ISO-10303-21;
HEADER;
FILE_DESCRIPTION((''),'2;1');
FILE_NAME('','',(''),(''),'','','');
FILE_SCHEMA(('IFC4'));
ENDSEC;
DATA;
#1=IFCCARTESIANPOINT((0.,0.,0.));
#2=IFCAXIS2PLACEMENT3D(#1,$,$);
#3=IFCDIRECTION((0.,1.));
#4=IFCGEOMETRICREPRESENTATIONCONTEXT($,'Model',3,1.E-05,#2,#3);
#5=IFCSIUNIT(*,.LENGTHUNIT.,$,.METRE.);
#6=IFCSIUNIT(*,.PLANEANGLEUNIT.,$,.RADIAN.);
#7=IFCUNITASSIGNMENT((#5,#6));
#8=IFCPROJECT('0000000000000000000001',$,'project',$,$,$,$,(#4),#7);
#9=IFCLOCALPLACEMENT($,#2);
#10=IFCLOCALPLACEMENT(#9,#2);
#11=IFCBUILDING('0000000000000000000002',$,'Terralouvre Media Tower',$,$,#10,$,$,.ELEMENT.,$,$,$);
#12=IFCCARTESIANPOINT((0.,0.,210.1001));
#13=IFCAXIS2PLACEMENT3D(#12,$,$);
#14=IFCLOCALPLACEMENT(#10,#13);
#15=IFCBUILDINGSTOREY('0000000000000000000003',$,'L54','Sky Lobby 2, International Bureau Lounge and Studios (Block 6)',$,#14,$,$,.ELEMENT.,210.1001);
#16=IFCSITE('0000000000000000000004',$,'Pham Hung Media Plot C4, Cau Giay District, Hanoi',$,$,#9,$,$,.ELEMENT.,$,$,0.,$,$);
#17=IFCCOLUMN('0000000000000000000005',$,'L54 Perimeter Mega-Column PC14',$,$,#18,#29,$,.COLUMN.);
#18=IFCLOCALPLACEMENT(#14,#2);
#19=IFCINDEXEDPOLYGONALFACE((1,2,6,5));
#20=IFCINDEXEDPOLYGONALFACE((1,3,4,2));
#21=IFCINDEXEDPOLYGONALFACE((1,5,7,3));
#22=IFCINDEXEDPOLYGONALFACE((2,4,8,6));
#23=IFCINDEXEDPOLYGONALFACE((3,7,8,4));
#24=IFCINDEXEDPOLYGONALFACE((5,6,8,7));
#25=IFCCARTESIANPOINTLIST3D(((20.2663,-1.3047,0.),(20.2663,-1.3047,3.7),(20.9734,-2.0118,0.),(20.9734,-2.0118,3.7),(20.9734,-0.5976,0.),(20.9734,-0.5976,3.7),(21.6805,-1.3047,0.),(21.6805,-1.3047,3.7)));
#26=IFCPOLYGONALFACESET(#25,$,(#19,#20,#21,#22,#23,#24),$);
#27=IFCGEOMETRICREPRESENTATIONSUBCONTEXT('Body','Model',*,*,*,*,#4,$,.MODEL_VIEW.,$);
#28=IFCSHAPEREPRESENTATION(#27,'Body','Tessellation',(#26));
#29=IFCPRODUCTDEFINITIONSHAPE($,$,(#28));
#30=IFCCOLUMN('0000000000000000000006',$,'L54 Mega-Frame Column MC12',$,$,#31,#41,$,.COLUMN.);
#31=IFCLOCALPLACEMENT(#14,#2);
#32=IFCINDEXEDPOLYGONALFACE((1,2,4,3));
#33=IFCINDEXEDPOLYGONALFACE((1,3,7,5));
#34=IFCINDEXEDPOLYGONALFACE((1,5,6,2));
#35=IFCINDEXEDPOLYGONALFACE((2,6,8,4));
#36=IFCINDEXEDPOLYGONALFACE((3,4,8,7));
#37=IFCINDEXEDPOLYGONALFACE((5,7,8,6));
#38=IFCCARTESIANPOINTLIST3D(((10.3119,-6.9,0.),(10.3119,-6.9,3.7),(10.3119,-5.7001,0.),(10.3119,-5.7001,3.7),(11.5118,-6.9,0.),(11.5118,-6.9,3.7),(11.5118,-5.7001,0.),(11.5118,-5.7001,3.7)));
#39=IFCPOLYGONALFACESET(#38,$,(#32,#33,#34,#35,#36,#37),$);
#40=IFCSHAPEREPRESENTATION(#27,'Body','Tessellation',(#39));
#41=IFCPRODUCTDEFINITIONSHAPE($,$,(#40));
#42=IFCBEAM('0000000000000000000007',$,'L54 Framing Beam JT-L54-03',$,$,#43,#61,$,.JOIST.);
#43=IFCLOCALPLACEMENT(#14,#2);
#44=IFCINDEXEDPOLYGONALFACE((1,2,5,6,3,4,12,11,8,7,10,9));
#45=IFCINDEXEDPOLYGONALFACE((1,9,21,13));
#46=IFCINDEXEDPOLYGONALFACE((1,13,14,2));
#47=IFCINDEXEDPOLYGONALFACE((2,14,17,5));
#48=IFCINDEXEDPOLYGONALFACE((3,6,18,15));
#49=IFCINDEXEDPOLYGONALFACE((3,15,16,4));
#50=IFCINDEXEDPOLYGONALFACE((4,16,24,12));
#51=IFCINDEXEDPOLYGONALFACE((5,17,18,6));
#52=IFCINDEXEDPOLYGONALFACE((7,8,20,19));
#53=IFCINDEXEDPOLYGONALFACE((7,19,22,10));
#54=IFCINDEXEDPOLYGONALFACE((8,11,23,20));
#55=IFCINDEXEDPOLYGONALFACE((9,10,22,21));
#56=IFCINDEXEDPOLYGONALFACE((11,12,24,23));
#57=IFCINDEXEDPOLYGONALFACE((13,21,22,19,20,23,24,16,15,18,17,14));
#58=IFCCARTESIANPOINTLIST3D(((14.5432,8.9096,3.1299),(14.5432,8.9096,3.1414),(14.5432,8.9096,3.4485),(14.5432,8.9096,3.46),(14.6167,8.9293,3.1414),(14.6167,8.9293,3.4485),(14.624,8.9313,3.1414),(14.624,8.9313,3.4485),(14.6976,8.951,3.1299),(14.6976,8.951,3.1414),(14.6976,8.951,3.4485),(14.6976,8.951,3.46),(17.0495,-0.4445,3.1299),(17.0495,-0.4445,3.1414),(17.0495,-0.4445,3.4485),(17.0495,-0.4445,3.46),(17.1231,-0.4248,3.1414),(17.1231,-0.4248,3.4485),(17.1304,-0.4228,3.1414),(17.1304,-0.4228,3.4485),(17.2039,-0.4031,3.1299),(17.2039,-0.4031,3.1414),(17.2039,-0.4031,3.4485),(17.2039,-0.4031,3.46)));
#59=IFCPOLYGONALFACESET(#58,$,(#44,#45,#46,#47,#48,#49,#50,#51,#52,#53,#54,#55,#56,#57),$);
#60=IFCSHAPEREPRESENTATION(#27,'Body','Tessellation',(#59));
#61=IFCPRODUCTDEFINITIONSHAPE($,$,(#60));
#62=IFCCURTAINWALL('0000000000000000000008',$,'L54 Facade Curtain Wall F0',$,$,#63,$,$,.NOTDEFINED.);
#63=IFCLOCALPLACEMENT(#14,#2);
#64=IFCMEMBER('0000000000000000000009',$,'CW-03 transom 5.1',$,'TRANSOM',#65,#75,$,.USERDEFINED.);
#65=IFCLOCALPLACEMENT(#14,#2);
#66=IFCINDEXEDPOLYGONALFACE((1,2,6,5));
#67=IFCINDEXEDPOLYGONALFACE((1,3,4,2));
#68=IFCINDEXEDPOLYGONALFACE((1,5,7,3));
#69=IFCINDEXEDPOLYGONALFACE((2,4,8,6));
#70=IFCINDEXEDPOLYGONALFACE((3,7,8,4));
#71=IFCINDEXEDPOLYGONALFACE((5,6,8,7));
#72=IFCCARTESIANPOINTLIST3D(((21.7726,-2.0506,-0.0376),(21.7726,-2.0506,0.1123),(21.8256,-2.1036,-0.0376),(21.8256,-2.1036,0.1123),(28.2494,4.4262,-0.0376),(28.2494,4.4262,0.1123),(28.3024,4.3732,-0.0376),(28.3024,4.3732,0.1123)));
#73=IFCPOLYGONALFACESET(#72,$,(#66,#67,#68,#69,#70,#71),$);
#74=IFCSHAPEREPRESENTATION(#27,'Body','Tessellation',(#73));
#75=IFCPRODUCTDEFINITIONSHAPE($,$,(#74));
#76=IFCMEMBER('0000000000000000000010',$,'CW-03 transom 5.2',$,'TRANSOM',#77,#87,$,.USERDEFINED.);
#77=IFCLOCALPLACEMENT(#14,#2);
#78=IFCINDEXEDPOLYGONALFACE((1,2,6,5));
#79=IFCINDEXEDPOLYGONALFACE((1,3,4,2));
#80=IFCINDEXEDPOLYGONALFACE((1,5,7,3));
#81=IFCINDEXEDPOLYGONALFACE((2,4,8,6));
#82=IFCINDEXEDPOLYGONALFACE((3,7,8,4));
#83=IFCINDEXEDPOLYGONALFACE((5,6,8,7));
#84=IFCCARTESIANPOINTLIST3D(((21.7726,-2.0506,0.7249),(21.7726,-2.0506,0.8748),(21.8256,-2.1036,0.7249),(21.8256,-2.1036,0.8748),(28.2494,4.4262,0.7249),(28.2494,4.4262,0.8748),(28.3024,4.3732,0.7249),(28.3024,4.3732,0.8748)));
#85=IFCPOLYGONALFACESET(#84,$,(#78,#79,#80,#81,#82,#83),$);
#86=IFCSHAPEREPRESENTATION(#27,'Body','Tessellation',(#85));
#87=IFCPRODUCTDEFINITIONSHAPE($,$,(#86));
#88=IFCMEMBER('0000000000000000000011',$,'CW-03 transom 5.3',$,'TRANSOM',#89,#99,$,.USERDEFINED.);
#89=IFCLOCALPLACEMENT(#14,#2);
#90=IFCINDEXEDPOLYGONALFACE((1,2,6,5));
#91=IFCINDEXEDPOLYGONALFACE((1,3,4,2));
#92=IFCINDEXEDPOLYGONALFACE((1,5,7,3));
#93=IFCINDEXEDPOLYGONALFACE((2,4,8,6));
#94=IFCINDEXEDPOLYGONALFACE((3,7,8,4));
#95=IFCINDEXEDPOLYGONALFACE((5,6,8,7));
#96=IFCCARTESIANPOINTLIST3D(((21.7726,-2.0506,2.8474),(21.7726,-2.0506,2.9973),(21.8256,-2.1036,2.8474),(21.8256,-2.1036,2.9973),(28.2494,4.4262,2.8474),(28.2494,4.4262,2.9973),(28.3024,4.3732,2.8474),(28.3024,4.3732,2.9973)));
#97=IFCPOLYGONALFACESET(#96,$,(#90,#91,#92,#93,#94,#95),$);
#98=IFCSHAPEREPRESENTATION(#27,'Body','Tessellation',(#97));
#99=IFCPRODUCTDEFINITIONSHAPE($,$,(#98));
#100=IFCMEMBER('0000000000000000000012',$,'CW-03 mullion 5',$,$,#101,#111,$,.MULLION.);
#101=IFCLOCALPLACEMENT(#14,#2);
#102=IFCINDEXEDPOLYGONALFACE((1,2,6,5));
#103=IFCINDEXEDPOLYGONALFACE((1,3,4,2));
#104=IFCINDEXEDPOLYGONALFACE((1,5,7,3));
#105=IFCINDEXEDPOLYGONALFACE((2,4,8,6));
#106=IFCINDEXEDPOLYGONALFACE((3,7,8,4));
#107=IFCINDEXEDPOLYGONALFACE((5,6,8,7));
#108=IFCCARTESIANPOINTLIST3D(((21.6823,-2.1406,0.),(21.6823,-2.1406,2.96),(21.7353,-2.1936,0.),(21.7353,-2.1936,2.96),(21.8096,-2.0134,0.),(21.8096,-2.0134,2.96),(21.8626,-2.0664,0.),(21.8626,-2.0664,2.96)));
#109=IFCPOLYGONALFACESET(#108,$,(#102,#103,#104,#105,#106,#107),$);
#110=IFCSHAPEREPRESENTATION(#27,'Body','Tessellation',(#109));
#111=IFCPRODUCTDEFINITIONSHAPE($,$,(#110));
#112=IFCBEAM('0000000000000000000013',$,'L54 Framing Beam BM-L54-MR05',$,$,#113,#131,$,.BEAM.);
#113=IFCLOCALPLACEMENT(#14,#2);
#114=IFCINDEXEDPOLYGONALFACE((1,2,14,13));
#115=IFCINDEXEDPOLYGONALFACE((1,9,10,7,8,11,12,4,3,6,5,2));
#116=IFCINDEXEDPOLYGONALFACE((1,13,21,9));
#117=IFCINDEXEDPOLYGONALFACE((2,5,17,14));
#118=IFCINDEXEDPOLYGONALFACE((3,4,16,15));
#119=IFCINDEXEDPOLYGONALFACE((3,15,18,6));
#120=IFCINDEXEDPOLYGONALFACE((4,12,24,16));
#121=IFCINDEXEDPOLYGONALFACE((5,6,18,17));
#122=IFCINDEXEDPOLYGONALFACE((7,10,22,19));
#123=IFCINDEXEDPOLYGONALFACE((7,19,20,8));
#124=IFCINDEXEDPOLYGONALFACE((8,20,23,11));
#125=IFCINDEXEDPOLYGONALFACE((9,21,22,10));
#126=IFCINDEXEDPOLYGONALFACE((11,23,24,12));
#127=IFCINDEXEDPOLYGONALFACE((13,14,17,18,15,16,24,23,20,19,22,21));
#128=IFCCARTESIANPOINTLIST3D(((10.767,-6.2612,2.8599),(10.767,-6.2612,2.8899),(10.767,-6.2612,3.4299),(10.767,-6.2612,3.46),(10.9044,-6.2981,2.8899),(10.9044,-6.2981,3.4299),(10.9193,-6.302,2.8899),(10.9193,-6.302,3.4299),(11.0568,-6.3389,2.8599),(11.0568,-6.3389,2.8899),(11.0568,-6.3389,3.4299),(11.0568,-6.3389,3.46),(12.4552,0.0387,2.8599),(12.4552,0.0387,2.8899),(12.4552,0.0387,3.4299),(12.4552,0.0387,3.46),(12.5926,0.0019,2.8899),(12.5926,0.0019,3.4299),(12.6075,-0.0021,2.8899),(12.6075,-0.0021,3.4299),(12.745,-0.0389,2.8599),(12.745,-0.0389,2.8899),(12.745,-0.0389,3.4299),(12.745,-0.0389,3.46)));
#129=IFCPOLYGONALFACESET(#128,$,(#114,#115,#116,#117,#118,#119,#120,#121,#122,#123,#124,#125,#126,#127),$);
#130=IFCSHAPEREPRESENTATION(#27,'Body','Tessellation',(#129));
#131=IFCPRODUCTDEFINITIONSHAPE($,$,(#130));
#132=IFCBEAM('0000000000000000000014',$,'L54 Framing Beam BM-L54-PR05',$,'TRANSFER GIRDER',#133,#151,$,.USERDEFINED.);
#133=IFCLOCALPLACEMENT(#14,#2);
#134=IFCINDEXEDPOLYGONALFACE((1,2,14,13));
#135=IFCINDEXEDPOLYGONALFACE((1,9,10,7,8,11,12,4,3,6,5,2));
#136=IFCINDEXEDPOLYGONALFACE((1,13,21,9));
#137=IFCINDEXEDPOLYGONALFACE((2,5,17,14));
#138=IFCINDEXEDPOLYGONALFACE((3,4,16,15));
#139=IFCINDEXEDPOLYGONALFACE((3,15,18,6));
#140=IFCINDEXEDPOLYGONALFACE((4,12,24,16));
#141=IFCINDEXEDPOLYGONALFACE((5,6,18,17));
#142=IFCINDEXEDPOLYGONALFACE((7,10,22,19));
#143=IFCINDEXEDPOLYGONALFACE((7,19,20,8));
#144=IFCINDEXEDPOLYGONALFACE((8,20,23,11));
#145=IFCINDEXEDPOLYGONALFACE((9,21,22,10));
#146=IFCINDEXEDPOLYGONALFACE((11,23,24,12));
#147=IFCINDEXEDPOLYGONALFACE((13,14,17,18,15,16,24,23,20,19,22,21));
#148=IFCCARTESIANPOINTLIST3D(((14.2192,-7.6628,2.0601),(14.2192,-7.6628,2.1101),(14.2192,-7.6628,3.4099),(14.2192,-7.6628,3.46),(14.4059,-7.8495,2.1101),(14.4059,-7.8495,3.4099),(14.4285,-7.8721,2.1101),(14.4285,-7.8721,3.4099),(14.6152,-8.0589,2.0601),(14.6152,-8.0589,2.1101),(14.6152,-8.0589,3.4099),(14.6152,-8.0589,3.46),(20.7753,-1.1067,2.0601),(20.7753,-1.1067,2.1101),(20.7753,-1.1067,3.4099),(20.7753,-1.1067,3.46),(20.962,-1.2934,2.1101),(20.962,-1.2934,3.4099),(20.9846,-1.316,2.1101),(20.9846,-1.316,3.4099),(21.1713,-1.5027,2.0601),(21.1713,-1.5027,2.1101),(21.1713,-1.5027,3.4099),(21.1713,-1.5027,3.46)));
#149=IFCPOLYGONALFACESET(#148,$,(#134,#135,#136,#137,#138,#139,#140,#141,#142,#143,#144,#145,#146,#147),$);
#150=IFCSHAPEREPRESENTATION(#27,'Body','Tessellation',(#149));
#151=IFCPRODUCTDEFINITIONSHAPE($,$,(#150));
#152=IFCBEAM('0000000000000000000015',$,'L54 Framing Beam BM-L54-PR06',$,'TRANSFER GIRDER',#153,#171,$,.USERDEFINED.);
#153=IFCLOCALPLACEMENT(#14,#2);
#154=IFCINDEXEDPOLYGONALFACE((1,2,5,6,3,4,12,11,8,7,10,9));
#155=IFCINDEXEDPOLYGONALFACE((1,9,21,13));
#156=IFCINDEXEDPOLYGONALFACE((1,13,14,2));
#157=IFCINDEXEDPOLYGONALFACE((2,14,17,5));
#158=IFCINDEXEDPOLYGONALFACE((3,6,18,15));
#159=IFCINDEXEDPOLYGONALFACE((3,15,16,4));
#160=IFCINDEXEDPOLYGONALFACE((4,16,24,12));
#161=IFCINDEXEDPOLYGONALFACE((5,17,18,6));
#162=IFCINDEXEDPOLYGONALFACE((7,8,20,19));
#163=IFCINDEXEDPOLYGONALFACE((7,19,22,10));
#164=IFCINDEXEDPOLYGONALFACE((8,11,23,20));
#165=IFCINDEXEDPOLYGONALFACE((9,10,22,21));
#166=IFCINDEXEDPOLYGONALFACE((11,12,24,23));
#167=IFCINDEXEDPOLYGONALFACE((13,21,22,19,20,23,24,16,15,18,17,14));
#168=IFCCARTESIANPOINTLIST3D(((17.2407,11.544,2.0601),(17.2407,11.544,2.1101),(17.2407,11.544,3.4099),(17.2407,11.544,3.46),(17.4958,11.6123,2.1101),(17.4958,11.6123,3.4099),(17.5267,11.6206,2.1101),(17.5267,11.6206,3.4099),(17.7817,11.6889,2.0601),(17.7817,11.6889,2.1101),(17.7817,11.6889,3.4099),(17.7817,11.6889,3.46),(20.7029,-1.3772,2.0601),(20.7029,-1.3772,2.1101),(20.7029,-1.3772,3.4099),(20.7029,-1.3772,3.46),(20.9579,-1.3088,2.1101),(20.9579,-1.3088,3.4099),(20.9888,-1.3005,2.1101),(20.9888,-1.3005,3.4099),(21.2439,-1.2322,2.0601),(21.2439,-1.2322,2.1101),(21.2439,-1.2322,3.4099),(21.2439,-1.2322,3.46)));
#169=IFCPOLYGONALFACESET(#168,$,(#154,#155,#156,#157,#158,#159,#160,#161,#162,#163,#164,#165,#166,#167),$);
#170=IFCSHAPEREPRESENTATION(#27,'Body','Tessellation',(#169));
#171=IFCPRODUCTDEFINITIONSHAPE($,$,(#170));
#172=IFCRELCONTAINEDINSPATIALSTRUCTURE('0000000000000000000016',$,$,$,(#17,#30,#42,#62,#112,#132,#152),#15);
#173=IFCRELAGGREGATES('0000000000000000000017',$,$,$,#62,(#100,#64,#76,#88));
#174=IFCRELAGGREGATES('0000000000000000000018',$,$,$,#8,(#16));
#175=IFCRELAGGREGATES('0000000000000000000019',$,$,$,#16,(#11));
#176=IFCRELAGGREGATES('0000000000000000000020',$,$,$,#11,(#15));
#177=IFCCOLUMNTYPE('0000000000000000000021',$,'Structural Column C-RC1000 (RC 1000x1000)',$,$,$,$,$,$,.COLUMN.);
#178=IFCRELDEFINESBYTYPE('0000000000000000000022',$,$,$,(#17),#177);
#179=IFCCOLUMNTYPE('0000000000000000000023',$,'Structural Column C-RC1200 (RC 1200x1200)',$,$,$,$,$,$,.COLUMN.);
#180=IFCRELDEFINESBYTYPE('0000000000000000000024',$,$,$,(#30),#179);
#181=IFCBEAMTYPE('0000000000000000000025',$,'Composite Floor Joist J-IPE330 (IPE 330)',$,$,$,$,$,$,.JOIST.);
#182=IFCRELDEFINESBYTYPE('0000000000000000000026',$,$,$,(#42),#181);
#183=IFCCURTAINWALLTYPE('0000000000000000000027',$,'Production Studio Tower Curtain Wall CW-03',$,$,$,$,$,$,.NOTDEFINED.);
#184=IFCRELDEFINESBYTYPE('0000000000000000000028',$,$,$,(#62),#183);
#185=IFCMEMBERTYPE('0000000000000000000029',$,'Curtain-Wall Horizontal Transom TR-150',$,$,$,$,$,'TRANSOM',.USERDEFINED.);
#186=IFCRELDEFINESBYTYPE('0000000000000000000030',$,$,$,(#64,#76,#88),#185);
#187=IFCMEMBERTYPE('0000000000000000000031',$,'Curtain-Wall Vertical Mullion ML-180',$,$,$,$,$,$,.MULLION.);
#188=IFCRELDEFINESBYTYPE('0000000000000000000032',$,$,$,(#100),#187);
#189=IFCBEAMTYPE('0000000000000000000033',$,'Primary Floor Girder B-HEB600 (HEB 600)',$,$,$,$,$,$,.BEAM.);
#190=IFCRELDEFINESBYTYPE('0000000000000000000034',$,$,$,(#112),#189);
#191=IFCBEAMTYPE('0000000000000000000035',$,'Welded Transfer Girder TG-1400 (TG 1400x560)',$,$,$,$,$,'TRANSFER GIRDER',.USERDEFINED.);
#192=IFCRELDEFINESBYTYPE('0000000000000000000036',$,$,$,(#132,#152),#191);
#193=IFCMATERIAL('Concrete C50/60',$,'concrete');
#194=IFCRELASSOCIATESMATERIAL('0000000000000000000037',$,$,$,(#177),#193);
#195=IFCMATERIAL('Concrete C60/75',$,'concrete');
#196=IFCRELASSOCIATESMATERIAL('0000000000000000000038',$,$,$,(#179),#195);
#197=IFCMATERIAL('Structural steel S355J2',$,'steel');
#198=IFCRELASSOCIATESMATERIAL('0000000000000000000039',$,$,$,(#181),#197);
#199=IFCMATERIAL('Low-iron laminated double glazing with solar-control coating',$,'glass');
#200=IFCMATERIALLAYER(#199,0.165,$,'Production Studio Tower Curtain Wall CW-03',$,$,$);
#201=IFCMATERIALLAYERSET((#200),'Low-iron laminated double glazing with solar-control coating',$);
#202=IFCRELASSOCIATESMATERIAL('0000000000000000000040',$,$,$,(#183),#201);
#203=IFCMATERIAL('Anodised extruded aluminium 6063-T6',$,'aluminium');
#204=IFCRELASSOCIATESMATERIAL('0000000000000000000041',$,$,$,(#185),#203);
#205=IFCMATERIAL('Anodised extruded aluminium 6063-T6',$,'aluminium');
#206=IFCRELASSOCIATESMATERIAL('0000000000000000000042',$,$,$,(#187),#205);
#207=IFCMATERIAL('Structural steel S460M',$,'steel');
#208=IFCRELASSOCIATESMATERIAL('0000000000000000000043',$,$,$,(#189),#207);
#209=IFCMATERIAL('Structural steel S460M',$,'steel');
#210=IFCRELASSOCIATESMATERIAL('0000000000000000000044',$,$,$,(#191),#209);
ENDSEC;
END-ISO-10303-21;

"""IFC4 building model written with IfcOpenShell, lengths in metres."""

from ifc_helpers import new_model, si_unit, direction, frame, origin, origin_2d, place, context, subcontext, project, spatial, rectangle, i_section, extrude, material, layer, layer_set, material_profile, profile_set, type_object, element, aggregate, save


model = new_model("IFC4")

# Units and contexts
model_context = context("Model", 3, precision=1e-05, world=origin(), true_north=direction((0.0, 1.0)))
body_context = subcontext(model_context, "Body", "Model", "MODEL_VIEW")
ifc_project = project(units=[si_unit("LENGTHUNIT", "METRE"), si_unit("PLANEANGLEUNIT", "RADIAN")], contexts=[model_context])

# Site, building, storey
site_placement = place(None, origin())
site = spatial("IfcSite", under=ifc_project, at=site_placement, Name="Pham Hung Media Plot C4, Cau Giay District, Hanoi", CompositionType="ELEMENT", RefElevation=0.0)
building_placement = place(site_placement, origin())
building = spatial("IfcBuilding", under=site, at=building_placement, Name="Terralouvre Media Tower", CompositionType="ELEMENT")
storey_placement = place(building_placement, frame((0.0, 0.0, 210.1001)))
storey = spatial("IfcBuildingStorey", under=building, at=storey_placement, Name="L54", Description="Sky Lobby 2, International Bureau Lounge and Studios (Block 6)", CompositionType="ELEMENT", Elevation=210.1001)

# Columns
ifc_material_1 = material(Name="Concrete C50/60", Category="concrete")
ifc_material_profile_1 = material_profile(ifc_material_1, rectangle(XDim=1.0, YDim=1.0, at=origin_2d()), Name="RC 1000x1000")
ifc_profile_set_1 = profile_set([ifc_material_profile_1], Name="Concrete C50/60")
column_type_1 = type_object("IfcColumnType", Name="Structural Column C-RC1000 (RC 1000x1000)", PredefinedType="COLUMN", material=ifc_profile_set_1)
column_1_placement = place(storey_placement, frame((20.9734, -1.3047, 0.0), z_axis=(0.0, 0.0, 1.0), x_axis=(0.707107, 0.707107, 0.0)))
element("IfcColumn", 1, at=column_1_placement, inside=storey, type_object=column_type_1, Name="L54 Perimeter Mega-Column PC14", PredefinedType="COLUMN", context=body_context, shape_type="SweptSolid", body=[
    extrude(rectangle(XDim=1.0, YDim=1.0, at=origin_2d()), origin(), (0.0, 0.0, 1.0), 3.7),
])
ifc_material_2 = material(Name="Concrete C60/75", Category="concrete")
ifc_material_profile_2 = material_profile(ifc_material_2, rectangle(XDim=1.2, YDim=1.2, at=origin_2d()), Name="RC 1200x1200")
ifc_profile_set_2 = profile_set([ifc_material_profile_2], Name="Concrete C60/75")
column_type_2 = type_object("IfcColumnType", Name="Structural Column C-RC1200 (RC 1200x1200)", PredefinedType="COLUMN", material=ifc_profile_set_2)
column_2_placement = place(storey_placement, frame((10.9119, -6.3, 0.0), z_axis=(0.0, 0.0, 1.0), x_axis=(1.0, 0.0, 0.0)))
element("IfcColumn", 2, at=column_2_placement, inside=storey, type_object=column_type_2, Name="L54 Mega-Frame Column MC12", PredefinedType="COLUMN", context=body_context, shape_type="SweptSolid", body=[
    extrude(rectangle(XDim=1.2, YDim=1.2, at=origin_2d()), origin(), (0.0, 0.0, 1.0), 3.7),
])

# Beam
ifc_material_3 = material(Name="Structural steel S355J2", Category="steel")
ifc_material_profile_3 = material_profile(ifc_material_3, i_section(OverallWidth=0.1599, OverallDepth=0.3301, WebThickness=0.0076, FlangeThickness=0.0115, at=origin_2d()), Name="IPE 330")
ifc_profile_set_3 = profile_set([ifc_material_profile_3], Name="Structural steel S355J2")
beam_type_1 = type_object("IfcBeamType", Name="Composite Floor Joist J-IPE330 (IPE 330)", PredefinedType="JOIST", material=ifc_profile_set_3)
beam_1_placement = place(storey_placement, frame((17.1267, -0.4238, 3.2949), z_axis=(-0.258808, 0.965929, 0.0), x_axis=(-0.965929, -0.258808, 0.0)))
element("IfcBeam", 3, at=beam_1_placement, inside=storey, type_object=beam_type_1, Name="L54 Framing Beam JT-L54-03", PredefinedType="JOIST", context=body_context, shape_type="SweptSolid", body=[
    extrude(i_section(OverallWidth=0.1599, OverallDepth=0.3301, WebThickness=0.0076, FlangeThickness=0.0115, at=origin_2d()), origin(), (0.0, 0.0, 1.0), 9.6841),
])

# Curtain wall, members
ifc_material_4 = material(Name="Low-iron laminated double glazing with solar-control coating", Category="glass")
ifc_layer_1 = layer(ifc_material_4, 0.165, Name="Production Studio Tower Curtain Wall CW-03")
ifc_layer_set_1 = layer_set([ifc_layer_1], Name="Low-iron laminated double glazing with solar-control coating")
curtain_wall_type = type_object("IfcCurtainWallType", Name="Production Studio Tower Curtain Wall CW-03", PredefinedType="NOTDEFINED", material=ifc_layer_set_1)
curtain_wall_placement = place(storey_placement, origin())
curtain_wall = element("IfcCurtainWall", 4, at=curtain_wall_placement, inside=storey, type_object=curtain_wall_type, Name="L54 Facade Curtain Wall F0", PredefinedType="NOTDEFINED")
ifc_material_5 = material(Name="Anodised extruded aluminium 6063-T6", Category="aluminium")
ifc_material_profile_4 = material_profile(ifc_material_5, rectangle(XDim=0.075, YDim=0.1499, at=origin_2d()), Name="ALU 75x150")
ifc_profile_set_4 = profile_set([ifc_material_profile_4], Name="Anodised extruded aluminium 6063-T6")
member_type_1 = type_object("IfcMemberType", Name="Curtain-Wall Horizontal Transom TR-150", ElementType="TRANSOM", PredefinedType="USERDEFINED", material=ifc_profile_set_4)
member_1_placement = place(storey_placement, frame((21.7991, -2.0771, 0.0374), z_axis=(0.707107, 0.707107, 0.0), x_axis=(-0.707107, 0.707107, 0.0)))
member_1 = element("IfcMember", 5, at=member_1_placement, type_object=member_type_1, Name="CW-03 transom 5.1", ObjectType="TRANSOM", PredefinedType="USERDEFINED", context=body_context, shape_type="SweptSolid", body=[
    extrude(rectangle(XDim=0.075, YDim=0.1499, at=origin_2d()), origin(), (0.0, 0.0, 1.0), 9.1597),
])
member_2_placement = place(storey_placement, frame((21.7991, -2.0771, 0.7998), z_axis=(0.707107, 0.707107, 0.0), x_axis=(-0.707107, 0.707107, 0.0)))
member_2 = element("IfcMember", 6, at=member_2_placement, type_object=member_type_1, Name="CW-03 transom 5.2", ObjectType="TRANSOM", PredefinedType="USERDEFINED", context=body_context, shape_type="SweptSolid", body=[
    extrude(rectangle(XDim=0.075, YDim=0.1499, at=origin_2d()), origin(), (0.0, 0.0, 1.0), 9.1597),
])
member_3_placement = place(storey_placement, frame((21.7991, -2.0771, 2.9224), z_axis=(0.707107, 0.707107, 0.0), x_axis=(-0.707107, 0.707107, 0.0)))
member_3 = element("IfcMember", 7, at=member_3_placement, type_object=member_type_1, Name="CW-03 transom 5.3", ObjectType="TRANSOM", PredefinedType="USERDEFINED", context=body_context, shape_type="SweptSolid", body=[
    extrude(rectangle(XDim=0.075, YDim=0.1499, at=origin_2d()), origin(), (0.0, 0.0, 1.0), 9.1597),
])
ifc_material_6 = material(Name="Anodised extruded aluminium 6063-T6", Category="aluminium")
ifc_material_profile_5 = material_profile(ifc_material_6, rectangle(XDim=0.075, YDim=0.1799, at=origin_2d()), Name="ALU 75x180")
ifc_profile_set_5 = profile_set([ifc_material_profile_5], Name="Anodised extruded aluminium 6063-T6")
member_type_2 = type_object("IfcMemberType", Name="Curtain-Wall Vertical Mullion ML-180", PredefinedType="MULLION", material=ifc_profile_set_5)
member_4_placement = place(storey_placement, frame((21.7725, -2.1035, 0.0), z_axis=(0.0, 0.0, 1.0), x_axis=(-0.707107, 0.707107, 0.0)))
member_4 = element("IfcMember", 8, at=member_4_placement, type_object=member_type_2, Name="CW-03 mullion 5", PredefinedType="MULLION", context=body_context, shape_type="SweptSolid", body=[
    extrude(rectangle(XDim=0.075, YDim=0.1799, at=origin_2d()), origin(), (0.0, 0.0, 1.0), 2.96),
])

# Beams
ifc_material_7 = material(Name="Structural steel S460M", Category="steel")
ifc_material_profile_6 = material_profile(ifc_material_7, i_section(OverallWidth=0.3, OverallDepth=0.6001, WebThickness=0.0154, FlangeThickness=0.03, at=origin_2d()), Name="HEB 600")
ifc_profile_set_6 = profile_set([ifc_material_profile_6], Name="Structural steel S460M")
beam_type_2 = type_object("IfcBeamType", Name="Primary Floor Girder B-HEB600 (HEB 600)", PredefinedType="BEAM", material=ifc_profile_set_6)
beam_2_placement = place(storey_placement, frame((10.9119, -6.3, 3.1599), z_axis=(0.258839, 0.96592, 0.0), x_axis=(-0.96592, 0.258839, 0.0)))
element("IfcBeam", 9, at=beam_2_placement, inside=storey, type_object=beam_type_2, Name="L54 Framing Beam BM-L54-MR05", PredefinedType="BEAM", context=body_context, shape_type="SweptSolid", body=[
    extrude(i_section(OverallWidth=0.3, OverallDepth=0.6001, WebThickness=0.0154, FlangeThickness=0.03, at=origin_2d()), origin(), (0.0, 0.0, 1.0), 6.5222),
])
ifc_material_8 = material(Name="Structural steel S460M", Category="steel")
ifc_material_profile_7 = material_profile(ifc_material_8, i_section(OverallWidth=0.5601, OverallDepth=1.3999, WebThickness=0.032, FlangeThickness=0.05, at=origin_2d()), Name="TG 1400x560")
ifc_profile_set_7 = profile_set([ifc_material_profile_7], Name="Structural steel S460M")
beam_type_3 = type_object("IfcBeamType", Name="Welded Transfer Girder TG-1400 (TG 1400x560)", ElementType="TRANSFER GIRDER", PredefinedType="USERDEFINED", material=ifc_profile_set_7)
beam_3_placement = place(storey_placement, frame((14.4172, -7.8608, 2.76), z_axis=(0.707107, 0.707107, 0.0), x_axis=(-0.707107, 0.707107, 0.0)))
element("IfcBeam", 10, at=beam_3_placement, inside=storey, type_object=beam_type_3, Name="L54 Framing Beam BM-L54-PR05", ObjectType="TRANSFER GIRDER", PredefinedType="USERDEFINED", context=body_context, shape_type="SweptSolid", body=[
    extrude(i_section(OverallWidth=0.5601, OverallDepth=1.3999, WebThickness=0.032, FlangeThickness=0.05, at=origin_2d()), origin(), (0.0, 0.0, 1.0), 9.2717),
])
beam_4_placement = place(storey_placement, frame((20.9734, -1.3047, 2.76), z_axis=(-0.258815, 0.965927, 0.0), x_axis=(-0.965927, -0.258815, 0.0)))
element("IfcBeam", 11, at=beam_4_placement, inside=storey, type_object=beam_type_3, Name="L54 Framing Beam BM-L54-PR06", ObjectType="TRANSFER GIRDER", PredefinedType="USERDEFINED", context=body_context, shape_type="SweptSolid", body=[
    extrude(i_section(OverallWidth=0.5601, OverallDepth=1.3999, WebThickness=0.032, FlangeThickness=0.05, at=origin_2d()), origin(), (0.0, 0.0, 1.0), 13.377),
])

aggregate(curtain_wall, [member_4, member_1, member_2, member_3])

save(model, "model.ifc")
